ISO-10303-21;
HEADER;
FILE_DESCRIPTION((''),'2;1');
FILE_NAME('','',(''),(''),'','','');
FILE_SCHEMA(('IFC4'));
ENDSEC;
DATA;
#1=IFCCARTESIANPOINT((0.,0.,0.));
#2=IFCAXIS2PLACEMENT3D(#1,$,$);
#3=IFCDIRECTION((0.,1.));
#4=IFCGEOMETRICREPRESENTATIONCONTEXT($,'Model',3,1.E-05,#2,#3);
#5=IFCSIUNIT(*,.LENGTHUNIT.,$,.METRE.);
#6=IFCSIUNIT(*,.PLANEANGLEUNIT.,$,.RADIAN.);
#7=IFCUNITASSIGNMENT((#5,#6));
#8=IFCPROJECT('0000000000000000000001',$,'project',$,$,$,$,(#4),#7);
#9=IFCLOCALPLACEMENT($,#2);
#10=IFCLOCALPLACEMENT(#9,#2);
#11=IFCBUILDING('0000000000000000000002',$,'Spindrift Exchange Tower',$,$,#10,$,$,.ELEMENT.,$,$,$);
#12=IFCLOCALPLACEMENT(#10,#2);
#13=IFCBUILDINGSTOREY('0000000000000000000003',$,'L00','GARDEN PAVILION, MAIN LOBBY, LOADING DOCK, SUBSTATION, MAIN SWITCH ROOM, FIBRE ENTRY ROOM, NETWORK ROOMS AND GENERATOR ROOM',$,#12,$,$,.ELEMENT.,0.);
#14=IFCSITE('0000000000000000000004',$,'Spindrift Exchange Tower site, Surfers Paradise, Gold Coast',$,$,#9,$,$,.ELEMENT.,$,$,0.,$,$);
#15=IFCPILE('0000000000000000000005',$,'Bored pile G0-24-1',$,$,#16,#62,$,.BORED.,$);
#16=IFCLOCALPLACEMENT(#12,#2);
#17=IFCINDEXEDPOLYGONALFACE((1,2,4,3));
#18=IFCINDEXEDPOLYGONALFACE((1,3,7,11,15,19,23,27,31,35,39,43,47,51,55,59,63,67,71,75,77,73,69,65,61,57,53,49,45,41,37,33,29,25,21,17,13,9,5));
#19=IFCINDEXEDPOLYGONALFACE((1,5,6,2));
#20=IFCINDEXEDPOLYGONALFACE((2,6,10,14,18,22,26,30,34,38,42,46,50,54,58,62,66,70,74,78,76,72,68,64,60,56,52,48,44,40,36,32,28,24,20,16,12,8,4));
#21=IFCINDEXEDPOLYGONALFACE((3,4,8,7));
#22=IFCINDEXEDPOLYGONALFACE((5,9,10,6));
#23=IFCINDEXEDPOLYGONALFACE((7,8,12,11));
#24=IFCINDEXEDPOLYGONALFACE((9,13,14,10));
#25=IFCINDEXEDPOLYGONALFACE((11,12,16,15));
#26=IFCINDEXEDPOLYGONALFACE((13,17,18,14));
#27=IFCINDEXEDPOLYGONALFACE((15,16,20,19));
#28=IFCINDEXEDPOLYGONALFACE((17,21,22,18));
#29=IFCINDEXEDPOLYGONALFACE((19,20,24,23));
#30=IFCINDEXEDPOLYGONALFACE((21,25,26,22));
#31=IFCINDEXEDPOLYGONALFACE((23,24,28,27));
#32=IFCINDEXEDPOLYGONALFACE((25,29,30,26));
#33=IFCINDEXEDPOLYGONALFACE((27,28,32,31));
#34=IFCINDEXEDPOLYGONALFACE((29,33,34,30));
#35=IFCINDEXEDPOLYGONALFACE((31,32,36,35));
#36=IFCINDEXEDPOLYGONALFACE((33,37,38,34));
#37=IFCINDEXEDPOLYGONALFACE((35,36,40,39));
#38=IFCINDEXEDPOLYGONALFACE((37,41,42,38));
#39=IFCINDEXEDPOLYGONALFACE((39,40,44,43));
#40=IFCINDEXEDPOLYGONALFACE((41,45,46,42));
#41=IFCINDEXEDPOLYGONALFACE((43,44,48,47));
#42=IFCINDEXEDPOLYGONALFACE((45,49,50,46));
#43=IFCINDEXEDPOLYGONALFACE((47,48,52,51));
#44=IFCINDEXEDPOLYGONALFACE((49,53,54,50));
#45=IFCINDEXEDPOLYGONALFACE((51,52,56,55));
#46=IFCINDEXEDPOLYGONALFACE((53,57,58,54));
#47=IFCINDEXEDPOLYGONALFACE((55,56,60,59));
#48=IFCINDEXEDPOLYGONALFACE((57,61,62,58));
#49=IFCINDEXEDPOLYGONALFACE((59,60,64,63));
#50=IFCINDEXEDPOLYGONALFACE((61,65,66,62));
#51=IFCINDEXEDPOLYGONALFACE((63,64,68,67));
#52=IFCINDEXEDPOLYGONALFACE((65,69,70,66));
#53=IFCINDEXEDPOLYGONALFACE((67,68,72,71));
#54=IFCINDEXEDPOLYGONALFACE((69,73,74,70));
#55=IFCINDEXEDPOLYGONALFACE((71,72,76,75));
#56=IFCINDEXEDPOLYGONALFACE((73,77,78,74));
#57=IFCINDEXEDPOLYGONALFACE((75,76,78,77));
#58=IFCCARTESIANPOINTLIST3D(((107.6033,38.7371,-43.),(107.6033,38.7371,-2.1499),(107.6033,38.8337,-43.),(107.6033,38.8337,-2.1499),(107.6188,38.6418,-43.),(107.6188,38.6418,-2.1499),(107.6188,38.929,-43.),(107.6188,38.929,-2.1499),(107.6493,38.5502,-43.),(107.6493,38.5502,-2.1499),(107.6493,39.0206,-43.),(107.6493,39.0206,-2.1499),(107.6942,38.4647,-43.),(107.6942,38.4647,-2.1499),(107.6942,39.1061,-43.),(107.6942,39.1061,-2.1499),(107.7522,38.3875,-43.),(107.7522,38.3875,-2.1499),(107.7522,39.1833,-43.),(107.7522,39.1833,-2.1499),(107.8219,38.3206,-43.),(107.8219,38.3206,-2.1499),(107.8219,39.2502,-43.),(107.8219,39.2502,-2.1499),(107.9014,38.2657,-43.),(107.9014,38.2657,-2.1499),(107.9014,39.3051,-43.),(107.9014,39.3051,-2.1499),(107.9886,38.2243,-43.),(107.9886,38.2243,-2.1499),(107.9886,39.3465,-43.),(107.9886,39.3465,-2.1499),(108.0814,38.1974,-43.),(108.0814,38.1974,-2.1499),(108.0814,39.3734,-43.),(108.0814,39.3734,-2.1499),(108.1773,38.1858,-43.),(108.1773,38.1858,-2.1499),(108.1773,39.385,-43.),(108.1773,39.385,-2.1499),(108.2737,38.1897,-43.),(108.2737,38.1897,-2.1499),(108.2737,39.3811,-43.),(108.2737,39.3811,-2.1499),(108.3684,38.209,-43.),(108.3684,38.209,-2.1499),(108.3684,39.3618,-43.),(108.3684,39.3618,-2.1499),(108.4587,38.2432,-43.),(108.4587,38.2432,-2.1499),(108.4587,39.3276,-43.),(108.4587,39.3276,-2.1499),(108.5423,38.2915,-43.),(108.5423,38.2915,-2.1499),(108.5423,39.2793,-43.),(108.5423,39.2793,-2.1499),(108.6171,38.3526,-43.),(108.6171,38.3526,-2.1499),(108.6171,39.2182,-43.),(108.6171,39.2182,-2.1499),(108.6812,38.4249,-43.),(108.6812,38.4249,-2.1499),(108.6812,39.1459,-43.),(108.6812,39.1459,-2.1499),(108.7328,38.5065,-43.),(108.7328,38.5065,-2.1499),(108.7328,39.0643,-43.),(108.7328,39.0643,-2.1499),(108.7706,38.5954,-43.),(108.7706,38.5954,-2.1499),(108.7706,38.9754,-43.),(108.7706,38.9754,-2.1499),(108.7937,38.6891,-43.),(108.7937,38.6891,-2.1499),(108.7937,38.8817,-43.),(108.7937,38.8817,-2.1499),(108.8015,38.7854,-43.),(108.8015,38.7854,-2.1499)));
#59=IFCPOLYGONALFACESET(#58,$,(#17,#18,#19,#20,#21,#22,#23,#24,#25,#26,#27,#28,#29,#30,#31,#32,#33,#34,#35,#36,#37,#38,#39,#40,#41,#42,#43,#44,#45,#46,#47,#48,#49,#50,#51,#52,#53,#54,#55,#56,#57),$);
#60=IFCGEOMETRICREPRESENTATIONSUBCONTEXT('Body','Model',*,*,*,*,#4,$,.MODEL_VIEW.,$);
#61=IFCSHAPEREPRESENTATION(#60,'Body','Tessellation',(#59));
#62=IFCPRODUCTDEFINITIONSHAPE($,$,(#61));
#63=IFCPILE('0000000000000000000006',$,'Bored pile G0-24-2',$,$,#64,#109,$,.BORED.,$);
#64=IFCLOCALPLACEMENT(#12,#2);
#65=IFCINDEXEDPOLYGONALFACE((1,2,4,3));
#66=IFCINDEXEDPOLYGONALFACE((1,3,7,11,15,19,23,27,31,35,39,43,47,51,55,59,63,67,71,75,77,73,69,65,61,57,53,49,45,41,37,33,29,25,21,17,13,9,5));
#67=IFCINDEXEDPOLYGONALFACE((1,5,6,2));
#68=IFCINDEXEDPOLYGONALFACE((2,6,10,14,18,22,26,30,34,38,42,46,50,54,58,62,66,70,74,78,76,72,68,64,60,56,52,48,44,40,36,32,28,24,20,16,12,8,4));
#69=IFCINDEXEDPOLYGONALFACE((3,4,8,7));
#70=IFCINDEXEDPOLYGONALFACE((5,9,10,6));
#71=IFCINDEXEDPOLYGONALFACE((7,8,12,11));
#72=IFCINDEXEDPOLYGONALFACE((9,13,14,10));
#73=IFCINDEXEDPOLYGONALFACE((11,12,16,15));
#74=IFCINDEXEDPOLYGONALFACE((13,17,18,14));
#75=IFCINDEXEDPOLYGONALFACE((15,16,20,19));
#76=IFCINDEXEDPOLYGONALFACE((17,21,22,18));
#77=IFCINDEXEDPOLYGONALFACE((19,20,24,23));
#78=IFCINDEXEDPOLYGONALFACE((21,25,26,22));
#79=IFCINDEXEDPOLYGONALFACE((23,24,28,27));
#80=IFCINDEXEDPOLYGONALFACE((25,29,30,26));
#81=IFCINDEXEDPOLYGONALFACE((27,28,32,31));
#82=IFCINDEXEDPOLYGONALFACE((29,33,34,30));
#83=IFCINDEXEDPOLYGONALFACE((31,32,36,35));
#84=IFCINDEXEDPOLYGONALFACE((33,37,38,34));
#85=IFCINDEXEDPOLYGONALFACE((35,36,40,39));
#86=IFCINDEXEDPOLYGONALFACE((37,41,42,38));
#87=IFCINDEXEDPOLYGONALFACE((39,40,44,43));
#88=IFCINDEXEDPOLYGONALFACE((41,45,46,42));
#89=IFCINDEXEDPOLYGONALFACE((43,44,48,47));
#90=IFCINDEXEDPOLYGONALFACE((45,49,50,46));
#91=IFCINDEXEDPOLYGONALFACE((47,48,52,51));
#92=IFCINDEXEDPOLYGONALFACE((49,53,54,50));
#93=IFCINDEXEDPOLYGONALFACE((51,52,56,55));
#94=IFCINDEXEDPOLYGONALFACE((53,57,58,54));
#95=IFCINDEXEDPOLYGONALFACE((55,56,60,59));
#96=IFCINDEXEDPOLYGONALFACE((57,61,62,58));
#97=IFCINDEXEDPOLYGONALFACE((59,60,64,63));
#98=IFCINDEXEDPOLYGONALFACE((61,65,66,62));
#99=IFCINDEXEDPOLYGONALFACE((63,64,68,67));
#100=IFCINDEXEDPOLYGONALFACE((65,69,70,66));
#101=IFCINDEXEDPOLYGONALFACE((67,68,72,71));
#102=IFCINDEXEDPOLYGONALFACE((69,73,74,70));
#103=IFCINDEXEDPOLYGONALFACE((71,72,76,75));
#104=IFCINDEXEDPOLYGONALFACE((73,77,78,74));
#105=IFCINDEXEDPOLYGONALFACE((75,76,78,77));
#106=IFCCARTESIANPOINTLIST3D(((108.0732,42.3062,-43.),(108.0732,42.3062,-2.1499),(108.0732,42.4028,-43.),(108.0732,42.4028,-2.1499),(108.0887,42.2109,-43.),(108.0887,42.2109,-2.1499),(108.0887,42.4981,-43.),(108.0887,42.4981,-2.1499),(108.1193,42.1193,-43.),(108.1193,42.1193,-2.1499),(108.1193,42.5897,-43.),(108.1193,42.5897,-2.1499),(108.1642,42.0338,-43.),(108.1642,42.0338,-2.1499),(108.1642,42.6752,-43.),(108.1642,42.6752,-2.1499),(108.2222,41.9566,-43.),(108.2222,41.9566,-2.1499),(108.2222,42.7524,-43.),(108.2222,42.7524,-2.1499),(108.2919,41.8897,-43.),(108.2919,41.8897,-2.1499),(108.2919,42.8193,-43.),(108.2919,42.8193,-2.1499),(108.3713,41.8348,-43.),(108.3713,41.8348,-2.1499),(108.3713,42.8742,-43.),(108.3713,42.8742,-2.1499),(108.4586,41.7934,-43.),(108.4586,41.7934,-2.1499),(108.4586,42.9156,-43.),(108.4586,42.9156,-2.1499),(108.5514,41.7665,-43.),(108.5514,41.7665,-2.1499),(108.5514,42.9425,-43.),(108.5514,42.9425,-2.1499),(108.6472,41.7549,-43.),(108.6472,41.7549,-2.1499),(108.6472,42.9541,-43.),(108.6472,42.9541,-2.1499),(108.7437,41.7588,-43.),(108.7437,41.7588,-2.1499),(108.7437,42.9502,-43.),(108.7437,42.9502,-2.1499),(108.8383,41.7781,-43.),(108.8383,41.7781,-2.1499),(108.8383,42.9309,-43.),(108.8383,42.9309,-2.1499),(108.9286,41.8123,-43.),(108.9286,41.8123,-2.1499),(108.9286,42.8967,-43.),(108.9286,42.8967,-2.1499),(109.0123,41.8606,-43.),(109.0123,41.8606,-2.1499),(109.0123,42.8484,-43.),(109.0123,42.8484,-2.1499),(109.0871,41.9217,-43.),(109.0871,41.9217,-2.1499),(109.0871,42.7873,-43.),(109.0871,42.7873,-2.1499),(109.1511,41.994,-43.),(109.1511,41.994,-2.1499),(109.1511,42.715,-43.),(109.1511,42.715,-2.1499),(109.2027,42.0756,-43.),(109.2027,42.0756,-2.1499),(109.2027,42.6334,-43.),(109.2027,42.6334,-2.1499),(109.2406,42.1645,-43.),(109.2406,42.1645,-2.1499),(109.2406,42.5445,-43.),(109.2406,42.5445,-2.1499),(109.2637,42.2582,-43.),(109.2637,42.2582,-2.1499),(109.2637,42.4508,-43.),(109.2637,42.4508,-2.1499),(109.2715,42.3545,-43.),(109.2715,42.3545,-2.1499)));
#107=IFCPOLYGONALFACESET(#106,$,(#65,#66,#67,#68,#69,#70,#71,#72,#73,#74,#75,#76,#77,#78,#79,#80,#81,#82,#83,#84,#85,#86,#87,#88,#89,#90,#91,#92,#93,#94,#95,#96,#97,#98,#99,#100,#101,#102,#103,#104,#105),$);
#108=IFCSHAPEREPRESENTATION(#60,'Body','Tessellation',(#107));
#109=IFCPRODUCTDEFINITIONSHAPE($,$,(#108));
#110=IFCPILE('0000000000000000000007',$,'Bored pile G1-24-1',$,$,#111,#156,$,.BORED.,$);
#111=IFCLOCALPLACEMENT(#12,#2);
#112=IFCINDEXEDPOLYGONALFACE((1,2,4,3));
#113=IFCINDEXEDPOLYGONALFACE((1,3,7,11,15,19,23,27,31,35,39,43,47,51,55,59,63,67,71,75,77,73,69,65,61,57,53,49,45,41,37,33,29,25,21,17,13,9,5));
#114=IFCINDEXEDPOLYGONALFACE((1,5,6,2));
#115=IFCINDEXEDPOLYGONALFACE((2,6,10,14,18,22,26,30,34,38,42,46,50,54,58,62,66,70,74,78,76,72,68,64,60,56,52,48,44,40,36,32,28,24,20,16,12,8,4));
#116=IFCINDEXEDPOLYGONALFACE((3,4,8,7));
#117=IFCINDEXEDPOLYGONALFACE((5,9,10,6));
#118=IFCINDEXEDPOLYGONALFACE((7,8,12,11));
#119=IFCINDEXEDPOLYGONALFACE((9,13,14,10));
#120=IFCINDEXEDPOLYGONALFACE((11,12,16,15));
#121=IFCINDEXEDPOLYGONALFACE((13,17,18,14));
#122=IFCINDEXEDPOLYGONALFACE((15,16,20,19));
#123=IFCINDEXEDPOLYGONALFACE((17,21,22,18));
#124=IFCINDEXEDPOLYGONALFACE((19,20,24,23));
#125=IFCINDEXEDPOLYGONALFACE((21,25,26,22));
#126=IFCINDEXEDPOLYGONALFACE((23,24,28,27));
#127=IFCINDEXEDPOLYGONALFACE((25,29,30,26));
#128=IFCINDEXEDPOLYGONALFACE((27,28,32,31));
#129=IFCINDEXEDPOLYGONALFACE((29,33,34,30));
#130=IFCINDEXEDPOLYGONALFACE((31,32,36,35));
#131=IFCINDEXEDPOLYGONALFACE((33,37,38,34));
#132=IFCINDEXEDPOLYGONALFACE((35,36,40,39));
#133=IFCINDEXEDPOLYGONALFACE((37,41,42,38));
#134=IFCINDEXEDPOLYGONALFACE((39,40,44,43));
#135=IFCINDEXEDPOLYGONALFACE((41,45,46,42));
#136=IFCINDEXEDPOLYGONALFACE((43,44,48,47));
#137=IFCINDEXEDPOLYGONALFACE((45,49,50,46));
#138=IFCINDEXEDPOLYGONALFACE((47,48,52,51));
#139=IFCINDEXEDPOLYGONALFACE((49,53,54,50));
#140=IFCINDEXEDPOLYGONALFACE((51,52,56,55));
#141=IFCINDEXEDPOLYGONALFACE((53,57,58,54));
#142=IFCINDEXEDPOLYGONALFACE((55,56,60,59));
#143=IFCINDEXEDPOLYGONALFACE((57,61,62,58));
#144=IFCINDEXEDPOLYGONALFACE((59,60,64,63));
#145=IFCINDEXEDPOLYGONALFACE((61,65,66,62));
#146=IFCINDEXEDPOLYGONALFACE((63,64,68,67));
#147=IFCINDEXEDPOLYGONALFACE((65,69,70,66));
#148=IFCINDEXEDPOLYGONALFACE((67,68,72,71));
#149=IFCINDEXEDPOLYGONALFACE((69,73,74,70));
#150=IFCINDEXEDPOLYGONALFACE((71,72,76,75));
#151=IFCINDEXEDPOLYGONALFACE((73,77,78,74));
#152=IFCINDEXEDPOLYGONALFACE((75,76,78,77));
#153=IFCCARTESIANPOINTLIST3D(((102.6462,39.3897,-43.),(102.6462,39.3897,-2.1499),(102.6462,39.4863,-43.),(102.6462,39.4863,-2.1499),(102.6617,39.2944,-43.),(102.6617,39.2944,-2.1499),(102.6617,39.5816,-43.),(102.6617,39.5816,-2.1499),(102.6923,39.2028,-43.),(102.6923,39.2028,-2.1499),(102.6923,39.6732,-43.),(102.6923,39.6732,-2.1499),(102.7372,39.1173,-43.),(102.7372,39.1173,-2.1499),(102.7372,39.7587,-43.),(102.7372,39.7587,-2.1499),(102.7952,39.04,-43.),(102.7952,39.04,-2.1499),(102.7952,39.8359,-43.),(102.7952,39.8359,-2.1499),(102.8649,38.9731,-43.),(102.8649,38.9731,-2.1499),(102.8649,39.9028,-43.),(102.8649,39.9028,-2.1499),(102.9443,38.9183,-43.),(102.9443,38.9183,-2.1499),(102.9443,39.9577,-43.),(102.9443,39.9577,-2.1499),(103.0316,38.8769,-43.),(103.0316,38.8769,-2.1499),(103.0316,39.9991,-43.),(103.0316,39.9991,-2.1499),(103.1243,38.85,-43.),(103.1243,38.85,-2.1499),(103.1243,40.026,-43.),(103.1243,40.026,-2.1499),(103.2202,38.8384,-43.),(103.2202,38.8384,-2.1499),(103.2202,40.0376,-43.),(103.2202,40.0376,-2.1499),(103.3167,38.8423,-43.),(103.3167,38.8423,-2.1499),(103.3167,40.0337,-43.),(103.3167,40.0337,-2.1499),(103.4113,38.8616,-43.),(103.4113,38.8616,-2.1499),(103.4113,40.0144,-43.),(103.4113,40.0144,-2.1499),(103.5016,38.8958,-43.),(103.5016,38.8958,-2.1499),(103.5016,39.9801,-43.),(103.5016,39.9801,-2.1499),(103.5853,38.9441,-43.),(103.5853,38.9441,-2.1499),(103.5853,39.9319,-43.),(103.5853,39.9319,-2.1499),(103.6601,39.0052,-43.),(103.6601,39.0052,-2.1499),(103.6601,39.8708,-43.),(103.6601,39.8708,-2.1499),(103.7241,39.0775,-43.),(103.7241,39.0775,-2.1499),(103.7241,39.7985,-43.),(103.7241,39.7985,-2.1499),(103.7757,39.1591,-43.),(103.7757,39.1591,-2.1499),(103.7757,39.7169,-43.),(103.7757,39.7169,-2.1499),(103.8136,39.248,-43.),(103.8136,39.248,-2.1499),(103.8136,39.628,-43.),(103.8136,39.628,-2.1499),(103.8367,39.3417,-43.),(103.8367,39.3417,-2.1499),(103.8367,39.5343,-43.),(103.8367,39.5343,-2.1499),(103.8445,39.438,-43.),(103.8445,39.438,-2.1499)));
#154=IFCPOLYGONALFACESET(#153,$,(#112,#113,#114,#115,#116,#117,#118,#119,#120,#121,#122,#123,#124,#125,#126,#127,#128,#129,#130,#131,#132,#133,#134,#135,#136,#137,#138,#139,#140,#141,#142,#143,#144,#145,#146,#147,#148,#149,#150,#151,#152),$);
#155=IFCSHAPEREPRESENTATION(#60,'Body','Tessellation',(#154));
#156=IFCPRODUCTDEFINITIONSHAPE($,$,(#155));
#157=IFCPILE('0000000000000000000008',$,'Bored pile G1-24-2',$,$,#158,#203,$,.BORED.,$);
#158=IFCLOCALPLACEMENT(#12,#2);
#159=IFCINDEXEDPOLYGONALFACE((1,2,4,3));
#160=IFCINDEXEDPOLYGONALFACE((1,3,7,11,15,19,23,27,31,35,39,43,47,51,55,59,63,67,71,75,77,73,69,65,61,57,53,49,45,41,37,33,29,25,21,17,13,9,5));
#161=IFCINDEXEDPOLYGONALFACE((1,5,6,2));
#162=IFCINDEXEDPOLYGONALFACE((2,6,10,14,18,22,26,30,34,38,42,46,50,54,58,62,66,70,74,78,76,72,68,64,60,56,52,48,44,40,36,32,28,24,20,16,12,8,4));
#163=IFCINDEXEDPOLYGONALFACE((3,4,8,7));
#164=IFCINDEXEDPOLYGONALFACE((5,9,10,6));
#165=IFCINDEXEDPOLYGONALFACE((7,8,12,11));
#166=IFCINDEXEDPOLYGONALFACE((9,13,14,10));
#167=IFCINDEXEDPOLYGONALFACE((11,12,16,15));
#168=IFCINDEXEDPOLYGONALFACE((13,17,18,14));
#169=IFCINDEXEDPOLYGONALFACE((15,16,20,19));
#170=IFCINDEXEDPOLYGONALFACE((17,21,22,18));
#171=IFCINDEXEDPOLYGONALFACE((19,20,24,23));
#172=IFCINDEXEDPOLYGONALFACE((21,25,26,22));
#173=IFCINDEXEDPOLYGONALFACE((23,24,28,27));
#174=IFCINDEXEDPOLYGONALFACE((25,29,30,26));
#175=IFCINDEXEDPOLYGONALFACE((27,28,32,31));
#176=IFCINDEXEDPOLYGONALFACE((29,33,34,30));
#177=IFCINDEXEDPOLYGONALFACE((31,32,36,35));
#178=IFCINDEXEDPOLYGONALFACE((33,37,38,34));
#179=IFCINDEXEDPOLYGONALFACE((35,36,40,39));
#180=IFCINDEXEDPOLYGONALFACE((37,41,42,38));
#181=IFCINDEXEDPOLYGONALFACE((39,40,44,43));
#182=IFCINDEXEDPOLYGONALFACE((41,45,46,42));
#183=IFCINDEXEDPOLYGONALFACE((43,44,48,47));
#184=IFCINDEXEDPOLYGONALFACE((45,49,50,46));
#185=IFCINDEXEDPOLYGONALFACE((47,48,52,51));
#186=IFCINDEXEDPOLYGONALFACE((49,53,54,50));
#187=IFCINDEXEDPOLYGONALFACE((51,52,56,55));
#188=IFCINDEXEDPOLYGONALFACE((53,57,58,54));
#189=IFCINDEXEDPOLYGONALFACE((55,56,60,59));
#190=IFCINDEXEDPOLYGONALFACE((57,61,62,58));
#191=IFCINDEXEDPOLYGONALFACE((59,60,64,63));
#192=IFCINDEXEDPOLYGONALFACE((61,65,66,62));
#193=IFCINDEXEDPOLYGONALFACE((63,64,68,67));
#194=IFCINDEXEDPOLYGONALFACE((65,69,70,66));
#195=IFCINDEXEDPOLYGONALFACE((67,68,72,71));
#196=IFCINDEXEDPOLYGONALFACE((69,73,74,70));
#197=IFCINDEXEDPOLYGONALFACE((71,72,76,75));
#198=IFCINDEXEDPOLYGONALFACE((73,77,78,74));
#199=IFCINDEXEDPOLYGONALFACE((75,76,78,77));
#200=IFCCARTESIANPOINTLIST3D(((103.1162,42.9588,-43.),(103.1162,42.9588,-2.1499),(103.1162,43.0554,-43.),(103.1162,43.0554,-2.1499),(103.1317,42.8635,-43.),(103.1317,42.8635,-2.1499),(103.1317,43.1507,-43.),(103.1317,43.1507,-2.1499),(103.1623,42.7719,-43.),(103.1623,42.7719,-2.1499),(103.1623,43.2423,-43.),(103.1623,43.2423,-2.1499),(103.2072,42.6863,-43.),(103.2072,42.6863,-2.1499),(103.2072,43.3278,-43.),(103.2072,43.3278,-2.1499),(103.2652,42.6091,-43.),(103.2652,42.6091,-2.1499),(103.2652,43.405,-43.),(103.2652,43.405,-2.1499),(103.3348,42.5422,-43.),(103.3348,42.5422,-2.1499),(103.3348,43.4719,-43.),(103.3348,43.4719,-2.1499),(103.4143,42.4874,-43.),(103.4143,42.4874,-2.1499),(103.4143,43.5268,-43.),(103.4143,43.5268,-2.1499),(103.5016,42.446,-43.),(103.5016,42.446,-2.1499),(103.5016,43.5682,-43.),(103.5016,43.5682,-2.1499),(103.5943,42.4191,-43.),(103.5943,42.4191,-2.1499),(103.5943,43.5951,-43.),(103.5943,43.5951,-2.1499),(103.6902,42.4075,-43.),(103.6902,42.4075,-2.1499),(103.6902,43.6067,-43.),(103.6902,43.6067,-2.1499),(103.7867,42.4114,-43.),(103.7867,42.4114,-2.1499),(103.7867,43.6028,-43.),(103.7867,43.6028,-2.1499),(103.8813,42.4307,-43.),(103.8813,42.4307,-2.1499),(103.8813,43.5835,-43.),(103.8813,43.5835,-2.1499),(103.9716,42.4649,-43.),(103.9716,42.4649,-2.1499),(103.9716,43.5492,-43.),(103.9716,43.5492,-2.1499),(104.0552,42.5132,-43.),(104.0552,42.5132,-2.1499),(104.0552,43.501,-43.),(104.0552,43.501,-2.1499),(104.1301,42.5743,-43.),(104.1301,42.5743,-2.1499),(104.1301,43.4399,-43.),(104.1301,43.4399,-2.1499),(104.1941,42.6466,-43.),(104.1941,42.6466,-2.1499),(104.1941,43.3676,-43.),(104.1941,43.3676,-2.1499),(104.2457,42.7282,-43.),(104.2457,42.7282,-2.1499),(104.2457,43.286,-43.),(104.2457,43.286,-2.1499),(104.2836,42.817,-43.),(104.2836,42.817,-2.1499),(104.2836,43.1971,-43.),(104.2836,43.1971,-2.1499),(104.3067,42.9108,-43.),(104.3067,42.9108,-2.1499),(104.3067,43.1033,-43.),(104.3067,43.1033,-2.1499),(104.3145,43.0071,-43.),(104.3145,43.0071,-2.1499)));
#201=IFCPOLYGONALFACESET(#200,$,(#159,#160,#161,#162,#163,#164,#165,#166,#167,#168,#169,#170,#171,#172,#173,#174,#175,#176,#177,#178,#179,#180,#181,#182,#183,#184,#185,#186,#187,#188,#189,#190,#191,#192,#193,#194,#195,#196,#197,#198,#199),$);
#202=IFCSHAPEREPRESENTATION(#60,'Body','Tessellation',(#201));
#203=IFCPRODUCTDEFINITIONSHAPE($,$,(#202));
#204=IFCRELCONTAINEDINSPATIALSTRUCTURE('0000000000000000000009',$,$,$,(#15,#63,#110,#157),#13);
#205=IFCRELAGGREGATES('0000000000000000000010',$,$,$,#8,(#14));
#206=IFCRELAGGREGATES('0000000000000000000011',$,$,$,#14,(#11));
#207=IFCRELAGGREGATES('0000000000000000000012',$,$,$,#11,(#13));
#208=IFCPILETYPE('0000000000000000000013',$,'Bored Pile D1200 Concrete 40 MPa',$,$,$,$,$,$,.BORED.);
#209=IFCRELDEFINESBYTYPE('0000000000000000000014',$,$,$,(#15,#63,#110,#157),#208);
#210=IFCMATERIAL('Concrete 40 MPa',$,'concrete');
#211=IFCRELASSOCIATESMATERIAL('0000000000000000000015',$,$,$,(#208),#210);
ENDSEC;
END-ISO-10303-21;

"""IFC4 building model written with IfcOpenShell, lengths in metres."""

from ifc_helpers import new_model, si_unit, direction, frame, origin, origin_2d, place, context, subcontext, project, spatial, circle, extrude, source, transform, mapped, material, material_profile, profile_set, type_object, element, save


model = new_model("IFC4")

# Units and contexts
model_context = context("Model", 3, precision=1e-05, world=origin(), true_north=direction((0.0, 1.0)))
body_context = subcontext(model_context, "Body", "Model", "MODEL_VIEW")
ifc_project = project(units=[si_unit("LENGTHUNIT", "METRE"), si_unit("PLANEANGLEUNIT", "RADIAN")], contexts=[model_context])

# Site, building, storey
site_placement = place(None, origin())
site = spatial("IfcSite", under=ifc_project, at=site_placement, Name="Spindrift Exchange Tower site, Surfers Paradise, Gold Coast", CompositionType="ELEMENT", RefElevation=0.0)
building_placement = place(site_placement, origin())
building = spatial("IfcBuilding", under=site, at=building_placement, Name="Spindrift Exchange Tower", CompositionType="ELEMENT")
storey_placement = place(building_placement, origin())
storey = spatial("IfcBuildingStorey", under=building, at=storey_placement, Name="L00", Description="GARDEN PAVILION, MAIN LOBBY, LOADING DOCK, SUBSTATION, MAIN SWITCH ROOM, FIBRE ENTRY ROOM, NETWORK ROOMS AND GENERATOR ROOM", CompositionType="ELEMENT", Elevation=0.0)

# Piles
ifc_material_1 = material(Name="Concrete 40 MPa", Category="concrete")
ifc_material_profile_1 = material_profile(ifc_material_1, circle(Radius=0.6001, at=origin_2d()), Name="BP D1200")
ifc_profile_set_1 = profile_set([ifc_material_profile_1], Name="Concrete 40 MPa")
pile_type = type_object("IfcPileType", Name="Bored Pile D1200 Concrete 40 MPa", PredefinedType="BORED", material=ifc_profile_set_1)
shared_shape_1 = source(origin(), body_context, "Body", "SweptSolid", [
    extrude(circle(Radius=0.6001, at=origin_2d()), origin(), (0.0, 0.0, 1.0), 40.8501),
])
for number, where, z_axis, x_axis, name in (
    (1, (108.2014, 38.7854, -2.1499), (0.0, 0.0, -1.0), (1.0, 0.0, 0.0), "Bored pile G0-24-1"),
    (2, (108.6714, 42.3545, -2.1499), (0.0, 0.0, -1.0), (1.0, 0.0, 0.0), "Bored pile G0-24-2"),
    (3, (103.2444, 39.438, -2.1499), (0.0, 0.0, -1.0), (1.0, 0.0, 0.0), "Bored pile G1-24-1"),
    (4, (103.7144, 43.0071, -2.1499), (0.0, 0.0, -1.0), (1.0, 0.0, 0.0), "Bored pile G1-24-2"),
):
    element("IfcPile", number, at=place(storey_placement, frame(where, z_axis=z_axis, x_axis=x_axis)), inside=storey, type_object=pile_type, Name=name, PredefinedType="BORED", context=body_context, shape_type="MappedRepresentation", body=[
        mapped(shared_shape_1, transform((0.0, 0.0, 0.0), scale=1.0)),
    ])

save(model, "model.ifc")
